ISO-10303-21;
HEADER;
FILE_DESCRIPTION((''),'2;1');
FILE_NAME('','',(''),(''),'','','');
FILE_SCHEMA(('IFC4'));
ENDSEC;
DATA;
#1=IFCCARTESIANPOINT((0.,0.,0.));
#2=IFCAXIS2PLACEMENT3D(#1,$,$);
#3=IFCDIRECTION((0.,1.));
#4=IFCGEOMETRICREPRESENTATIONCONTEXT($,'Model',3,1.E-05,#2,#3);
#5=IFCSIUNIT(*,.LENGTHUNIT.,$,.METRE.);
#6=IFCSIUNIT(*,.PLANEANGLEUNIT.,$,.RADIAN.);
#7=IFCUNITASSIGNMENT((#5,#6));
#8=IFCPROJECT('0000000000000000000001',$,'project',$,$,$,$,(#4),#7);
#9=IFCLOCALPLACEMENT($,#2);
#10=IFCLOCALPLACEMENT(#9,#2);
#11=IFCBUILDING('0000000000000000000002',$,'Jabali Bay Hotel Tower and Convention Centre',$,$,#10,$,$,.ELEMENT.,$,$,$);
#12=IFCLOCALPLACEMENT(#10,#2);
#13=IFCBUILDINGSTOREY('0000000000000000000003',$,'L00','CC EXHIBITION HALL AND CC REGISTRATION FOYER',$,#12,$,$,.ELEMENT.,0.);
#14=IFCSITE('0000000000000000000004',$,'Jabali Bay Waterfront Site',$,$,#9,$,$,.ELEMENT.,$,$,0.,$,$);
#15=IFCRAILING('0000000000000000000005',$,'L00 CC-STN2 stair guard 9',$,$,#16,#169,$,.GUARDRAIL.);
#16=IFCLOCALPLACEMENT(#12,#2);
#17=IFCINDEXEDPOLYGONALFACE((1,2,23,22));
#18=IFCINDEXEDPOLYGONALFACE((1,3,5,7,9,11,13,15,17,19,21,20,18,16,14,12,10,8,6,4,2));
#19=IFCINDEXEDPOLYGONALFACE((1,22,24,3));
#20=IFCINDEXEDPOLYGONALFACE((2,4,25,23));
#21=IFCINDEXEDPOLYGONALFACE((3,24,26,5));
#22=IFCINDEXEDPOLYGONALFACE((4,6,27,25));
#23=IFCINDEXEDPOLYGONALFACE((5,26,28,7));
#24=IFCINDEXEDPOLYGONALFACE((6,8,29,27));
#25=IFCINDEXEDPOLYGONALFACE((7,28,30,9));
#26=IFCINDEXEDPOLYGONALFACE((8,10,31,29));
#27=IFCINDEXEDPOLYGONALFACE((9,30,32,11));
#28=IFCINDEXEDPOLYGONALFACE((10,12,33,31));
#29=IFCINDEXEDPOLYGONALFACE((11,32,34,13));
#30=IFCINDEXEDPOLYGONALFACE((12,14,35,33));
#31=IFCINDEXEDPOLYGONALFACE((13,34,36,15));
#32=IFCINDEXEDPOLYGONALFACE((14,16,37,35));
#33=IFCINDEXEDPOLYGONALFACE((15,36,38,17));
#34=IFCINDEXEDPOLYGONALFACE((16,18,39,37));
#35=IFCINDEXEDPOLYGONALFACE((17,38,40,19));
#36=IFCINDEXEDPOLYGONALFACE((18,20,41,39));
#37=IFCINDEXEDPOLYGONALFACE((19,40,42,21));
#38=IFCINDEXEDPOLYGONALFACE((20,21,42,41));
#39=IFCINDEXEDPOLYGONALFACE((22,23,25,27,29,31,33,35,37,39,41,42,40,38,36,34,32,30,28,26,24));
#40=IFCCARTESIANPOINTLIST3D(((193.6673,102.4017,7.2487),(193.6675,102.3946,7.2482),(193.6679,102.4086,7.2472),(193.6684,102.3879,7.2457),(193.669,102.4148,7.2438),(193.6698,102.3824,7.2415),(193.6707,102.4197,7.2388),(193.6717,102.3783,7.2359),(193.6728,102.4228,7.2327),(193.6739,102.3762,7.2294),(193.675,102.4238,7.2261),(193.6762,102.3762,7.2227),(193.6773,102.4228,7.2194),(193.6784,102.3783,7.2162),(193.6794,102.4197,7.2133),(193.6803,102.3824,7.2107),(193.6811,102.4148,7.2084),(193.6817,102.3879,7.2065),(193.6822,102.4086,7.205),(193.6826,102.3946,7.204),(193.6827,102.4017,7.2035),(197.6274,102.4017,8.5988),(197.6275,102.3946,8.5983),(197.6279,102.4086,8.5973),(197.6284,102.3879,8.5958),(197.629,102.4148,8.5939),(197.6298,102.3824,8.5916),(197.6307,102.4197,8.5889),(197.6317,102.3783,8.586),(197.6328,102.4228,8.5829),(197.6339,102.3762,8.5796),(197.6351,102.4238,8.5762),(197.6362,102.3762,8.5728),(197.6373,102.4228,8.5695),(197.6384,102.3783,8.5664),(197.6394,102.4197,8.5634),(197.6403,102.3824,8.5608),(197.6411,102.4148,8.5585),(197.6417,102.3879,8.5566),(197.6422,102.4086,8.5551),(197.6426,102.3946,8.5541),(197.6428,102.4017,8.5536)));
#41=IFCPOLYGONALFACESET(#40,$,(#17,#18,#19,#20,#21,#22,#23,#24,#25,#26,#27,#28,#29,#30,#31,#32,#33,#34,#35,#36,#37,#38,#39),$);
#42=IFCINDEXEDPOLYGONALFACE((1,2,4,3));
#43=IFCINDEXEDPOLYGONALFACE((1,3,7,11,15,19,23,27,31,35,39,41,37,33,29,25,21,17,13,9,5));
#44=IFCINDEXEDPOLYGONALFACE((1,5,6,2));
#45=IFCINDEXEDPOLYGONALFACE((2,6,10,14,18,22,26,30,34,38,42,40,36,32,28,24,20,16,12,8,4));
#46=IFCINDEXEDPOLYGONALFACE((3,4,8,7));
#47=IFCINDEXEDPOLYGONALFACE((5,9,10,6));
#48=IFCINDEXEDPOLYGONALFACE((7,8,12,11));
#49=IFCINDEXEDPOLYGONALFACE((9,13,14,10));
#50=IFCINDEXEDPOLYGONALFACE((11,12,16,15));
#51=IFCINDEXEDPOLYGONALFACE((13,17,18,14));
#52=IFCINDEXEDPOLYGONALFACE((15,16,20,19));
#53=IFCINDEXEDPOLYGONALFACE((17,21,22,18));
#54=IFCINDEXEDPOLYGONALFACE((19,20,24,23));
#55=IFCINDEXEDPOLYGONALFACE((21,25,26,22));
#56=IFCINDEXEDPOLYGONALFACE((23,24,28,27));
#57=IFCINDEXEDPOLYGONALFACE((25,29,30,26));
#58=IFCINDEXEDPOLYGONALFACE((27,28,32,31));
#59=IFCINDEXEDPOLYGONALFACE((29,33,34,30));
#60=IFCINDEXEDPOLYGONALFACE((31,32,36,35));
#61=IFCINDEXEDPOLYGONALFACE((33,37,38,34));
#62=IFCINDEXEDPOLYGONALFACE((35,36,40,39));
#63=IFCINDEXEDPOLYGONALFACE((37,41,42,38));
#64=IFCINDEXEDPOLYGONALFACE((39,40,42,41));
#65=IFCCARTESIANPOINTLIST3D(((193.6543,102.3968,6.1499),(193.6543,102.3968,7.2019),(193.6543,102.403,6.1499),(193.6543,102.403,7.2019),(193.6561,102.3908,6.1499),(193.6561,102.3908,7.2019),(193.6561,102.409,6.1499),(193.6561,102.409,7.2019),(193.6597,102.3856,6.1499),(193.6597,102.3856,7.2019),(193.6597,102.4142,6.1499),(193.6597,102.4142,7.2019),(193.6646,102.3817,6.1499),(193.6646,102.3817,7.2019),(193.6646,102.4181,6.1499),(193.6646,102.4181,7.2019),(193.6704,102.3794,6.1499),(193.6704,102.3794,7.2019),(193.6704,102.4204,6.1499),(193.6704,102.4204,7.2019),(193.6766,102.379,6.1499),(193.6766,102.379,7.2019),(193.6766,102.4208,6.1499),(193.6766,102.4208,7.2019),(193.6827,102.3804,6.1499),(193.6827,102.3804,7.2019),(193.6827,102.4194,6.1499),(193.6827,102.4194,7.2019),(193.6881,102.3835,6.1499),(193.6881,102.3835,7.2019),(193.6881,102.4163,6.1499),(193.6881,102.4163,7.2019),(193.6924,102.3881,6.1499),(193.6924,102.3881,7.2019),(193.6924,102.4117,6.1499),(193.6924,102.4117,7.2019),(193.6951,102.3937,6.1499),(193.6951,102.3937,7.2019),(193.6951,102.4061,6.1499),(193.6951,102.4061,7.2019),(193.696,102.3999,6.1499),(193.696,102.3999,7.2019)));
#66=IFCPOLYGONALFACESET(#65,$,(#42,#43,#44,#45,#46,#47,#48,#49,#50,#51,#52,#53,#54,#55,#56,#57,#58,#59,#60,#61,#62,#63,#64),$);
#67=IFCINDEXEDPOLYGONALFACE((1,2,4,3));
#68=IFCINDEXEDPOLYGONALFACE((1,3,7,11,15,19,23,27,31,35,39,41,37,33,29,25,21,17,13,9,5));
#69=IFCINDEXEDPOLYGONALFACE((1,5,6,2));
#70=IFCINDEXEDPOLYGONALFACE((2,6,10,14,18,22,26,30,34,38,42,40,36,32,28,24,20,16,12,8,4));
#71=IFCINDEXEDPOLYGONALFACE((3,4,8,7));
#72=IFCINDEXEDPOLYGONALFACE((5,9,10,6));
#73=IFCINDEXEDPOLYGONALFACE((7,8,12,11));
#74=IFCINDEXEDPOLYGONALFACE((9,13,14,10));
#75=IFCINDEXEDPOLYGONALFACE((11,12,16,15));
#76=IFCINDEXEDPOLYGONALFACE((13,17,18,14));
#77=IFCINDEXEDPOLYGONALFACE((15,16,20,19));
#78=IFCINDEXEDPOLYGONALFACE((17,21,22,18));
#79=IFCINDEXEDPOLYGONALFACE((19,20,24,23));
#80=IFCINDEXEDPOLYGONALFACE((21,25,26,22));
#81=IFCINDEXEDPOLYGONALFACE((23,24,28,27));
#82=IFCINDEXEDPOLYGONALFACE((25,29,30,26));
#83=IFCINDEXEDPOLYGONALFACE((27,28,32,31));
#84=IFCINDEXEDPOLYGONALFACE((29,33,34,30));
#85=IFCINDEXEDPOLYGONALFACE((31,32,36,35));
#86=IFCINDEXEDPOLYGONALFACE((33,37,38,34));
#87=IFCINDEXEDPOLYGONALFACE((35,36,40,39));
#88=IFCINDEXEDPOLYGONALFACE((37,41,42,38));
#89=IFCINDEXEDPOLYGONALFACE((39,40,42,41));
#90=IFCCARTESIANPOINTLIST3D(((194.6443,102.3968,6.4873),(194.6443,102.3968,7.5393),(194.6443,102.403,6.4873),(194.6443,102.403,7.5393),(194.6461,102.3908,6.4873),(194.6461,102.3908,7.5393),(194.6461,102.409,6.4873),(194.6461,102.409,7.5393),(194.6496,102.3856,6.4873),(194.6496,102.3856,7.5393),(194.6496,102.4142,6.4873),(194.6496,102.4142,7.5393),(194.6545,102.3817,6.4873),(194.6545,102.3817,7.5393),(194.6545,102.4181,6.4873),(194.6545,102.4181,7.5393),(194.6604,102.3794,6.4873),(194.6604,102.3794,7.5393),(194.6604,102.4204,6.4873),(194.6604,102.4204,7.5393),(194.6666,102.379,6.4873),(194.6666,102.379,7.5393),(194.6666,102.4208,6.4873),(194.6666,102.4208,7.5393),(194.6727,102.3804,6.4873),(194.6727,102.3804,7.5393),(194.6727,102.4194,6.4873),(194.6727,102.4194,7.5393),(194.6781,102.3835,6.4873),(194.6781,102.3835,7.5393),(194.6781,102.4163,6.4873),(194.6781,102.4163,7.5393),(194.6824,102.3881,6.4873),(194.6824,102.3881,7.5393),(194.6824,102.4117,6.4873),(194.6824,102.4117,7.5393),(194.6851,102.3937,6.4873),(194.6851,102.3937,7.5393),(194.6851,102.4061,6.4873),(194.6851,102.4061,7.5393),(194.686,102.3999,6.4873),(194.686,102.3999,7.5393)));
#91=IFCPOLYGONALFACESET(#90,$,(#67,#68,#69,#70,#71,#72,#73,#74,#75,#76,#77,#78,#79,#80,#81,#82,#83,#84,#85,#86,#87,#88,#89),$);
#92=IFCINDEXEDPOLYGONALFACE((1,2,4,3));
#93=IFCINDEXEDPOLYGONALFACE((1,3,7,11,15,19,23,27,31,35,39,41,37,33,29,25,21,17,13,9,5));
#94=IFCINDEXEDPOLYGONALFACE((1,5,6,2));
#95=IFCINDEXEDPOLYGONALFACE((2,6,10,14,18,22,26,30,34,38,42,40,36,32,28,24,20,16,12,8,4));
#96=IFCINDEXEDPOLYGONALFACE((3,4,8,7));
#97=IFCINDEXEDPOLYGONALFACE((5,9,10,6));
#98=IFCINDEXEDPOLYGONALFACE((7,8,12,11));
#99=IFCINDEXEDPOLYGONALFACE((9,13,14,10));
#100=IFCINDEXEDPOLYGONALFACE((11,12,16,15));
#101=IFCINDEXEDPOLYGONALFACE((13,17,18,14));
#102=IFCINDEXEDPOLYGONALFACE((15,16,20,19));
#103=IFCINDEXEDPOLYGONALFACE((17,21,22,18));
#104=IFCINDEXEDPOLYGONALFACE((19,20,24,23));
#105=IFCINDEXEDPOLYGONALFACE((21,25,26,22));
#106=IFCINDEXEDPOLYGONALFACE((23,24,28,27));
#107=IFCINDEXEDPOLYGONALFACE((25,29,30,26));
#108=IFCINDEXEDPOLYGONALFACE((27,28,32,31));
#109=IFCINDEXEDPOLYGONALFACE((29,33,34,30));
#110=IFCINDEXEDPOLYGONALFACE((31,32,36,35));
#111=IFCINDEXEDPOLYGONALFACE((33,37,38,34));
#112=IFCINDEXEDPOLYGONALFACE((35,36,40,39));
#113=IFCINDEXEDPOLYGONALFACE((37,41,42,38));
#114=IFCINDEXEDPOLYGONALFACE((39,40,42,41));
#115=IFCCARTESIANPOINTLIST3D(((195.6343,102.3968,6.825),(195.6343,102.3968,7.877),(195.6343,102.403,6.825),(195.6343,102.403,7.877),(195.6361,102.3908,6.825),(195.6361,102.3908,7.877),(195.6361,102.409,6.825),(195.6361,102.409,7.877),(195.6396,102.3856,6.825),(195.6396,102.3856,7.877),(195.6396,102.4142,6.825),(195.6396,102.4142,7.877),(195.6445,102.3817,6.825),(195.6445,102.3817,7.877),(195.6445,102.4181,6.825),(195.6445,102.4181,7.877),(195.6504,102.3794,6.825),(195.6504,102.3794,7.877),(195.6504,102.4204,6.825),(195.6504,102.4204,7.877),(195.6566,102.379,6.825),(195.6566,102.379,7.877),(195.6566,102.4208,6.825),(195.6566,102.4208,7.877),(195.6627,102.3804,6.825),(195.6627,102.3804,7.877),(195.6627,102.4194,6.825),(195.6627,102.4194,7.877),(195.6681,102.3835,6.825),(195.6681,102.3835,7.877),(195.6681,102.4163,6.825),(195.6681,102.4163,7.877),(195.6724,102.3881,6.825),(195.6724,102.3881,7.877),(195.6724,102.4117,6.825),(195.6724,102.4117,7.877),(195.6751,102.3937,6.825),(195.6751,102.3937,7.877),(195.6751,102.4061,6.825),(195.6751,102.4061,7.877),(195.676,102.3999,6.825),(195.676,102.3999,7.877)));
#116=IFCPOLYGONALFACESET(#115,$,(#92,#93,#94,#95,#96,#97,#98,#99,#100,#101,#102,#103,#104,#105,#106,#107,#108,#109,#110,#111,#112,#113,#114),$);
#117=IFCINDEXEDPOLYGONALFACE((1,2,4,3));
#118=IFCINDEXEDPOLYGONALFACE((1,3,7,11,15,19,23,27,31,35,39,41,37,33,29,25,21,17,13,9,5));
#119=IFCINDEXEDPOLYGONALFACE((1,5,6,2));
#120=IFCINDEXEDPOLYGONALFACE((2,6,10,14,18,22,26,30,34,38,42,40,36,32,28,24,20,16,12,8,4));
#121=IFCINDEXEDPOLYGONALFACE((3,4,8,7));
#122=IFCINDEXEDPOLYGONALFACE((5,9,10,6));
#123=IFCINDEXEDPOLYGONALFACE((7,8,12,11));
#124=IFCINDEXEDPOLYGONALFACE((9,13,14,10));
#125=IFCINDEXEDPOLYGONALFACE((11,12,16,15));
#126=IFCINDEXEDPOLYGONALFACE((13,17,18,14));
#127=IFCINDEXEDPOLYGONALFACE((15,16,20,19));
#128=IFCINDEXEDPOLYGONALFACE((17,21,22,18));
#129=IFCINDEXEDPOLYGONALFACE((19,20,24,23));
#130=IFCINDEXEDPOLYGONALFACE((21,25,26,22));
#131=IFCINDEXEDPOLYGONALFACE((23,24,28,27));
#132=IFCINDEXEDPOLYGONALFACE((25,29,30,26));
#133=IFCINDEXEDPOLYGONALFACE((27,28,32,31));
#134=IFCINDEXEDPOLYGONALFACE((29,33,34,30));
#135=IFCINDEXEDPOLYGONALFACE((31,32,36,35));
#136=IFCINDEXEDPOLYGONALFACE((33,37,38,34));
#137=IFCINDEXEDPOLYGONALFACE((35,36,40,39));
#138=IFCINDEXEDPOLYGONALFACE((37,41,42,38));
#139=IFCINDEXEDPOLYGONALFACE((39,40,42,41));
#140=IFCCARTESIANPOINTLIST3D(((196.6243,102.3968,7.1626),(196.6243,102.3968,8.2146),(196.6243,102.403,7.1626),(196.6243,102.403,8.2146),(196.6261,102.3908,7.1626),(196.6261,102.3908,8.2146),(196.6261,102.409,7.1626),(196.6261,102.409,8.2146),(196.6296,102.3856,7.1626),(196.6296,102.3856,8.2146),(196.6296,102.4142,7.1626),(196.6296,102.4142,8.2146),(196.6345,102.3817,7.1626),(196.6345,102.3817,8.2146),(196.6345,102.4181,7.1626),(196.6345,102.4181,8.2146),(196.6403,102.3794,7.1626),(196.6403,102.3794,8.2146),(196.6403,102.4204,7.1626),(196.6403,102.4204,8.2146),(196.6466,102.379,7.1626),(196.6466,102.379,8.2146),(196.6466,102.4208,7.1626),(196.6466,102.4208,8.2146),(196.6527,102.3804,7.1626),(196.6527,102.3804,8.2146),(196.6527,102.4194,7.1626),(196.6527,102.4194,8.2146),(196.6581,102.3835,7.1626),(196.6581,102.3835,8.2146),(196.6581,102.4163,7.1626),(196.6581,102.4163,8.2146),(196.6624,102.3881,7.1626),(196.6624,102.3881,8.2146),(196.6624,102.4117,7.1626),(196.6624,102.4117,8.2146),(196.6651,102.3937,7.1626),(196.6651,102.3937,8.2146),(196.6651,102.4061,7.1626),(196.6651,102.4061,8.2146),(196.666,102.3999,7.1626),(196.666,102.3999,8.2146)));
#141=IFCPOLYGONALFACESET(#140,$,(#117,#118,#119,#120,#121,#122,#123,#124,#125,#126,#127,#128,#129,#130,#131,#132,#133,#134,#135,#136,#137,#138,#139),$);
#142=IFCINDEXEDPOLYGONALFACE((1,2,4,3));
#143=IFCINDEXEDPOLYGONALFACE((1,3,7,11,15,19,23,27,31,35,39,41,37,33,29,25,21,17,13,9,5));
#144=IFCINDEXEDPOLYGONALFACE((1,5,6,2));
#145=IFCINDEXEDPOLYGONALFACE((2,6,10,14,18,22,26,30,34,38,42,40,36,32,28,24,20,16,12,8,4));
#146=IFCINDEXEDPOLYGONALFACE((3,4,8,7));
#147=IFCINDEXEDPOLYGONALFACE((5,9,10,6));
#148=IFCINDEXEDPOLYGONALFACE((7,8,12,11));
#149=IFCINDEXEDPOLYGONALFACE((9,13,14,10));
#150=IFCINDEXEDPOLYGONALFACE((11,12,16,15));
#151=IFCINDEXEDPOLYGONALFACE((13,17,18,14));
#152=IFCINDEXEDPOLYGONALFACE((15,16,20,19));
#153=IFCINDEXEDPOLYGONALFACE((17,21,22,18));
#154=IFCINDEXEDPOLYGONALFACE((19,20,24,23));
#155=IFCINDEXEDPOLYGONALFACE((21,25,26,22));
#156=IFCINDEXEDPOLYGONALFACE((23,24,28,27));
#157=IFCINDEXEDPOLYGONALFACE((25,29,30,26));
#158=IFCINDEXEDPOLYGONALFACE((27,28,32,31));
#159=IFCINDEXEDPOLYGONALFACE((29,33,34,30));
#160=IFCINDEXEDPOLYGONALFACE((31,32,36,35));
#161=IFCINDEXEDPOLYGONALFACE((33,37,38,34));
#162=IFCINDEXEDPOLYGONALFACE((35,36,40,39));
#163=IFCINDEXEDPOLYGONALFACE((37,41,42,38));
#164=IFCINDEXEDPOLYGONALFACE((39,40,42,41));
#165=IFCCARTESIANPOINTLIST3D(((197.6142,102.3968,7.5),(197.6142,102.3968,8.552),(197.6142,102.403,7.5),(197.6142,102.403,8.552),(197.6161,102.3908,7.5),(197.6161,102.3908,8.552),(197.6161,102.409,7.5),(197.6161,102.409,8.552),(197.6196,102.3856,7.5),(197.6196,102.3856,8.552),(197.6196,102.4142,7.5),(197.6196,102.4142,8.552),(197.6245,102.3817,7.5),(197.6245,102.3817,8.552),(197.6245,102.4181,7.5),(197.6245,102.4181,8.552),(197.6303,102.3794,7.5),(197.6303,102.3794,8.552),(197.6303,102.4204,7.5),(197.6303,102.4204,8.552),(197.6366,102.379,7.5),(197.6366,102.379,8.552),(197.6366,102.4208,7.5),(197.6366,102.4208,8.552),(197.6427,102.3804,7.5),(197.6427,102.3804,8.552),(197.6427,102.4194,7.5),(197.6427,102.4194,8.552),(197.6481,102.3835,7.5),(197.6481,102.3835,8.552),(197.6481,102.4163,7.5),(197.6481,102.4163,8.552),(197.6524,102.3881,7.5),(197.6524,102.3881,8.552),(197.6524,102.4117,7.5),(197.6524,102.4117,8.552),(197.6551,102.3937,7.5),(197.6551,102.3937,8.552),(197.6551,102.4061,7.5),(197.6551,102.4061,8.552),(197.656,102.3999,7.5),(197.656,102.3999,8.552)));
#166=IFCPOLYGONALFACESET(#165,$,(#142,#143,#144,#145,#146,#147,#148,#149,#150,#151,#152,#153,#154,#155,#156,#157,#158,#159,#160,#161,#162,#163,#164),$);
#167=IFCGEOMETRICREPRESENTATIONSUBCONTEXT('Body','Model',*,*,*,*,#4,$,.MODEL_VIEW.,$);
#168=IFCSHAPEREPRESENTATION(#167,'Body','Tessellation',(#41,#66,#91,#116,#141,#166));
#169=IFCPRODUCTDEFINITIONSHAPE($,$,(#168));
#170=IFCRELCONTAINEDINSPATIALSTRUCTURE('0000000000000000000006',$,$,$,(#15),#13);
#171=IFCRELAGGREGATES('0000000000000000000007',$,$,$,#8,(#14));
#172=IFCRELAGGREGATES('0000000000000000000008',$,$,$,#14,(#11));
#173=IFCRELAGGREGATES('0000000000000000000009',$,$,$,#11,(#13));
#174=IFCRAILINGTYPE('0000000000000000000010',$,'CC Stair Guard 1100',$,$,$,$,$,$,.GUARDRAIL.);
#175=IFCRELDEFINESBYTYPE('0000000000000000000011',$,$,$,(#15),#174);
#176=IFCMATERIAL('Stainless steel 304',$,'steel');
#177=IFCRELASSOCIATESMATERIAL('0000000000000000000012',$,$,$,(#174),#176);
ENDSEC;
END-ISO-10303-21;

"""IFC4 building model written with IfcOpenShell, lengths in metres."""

from ifc_helpers import new_model, si_unit, direction, frame, origin, origin_2d, place, context, subcontext, project, spatial, circle, extrude, material, type_object, element, save


model = new_model("IFC4")

# Units and contexts
model_context = context("Model", 3, precision=1e-05, world=origin(), true_north=direction((0.0, 1.0)))
body_context = subcontext(model_context, "Body", "Model", "MODEL_VIEW")
ifc_project = project(units=[si_unit("LENGTHUNIT", "METRE"), si_unit("PLANEANGLEUNIT", "RADIAN")], contexts=[model_context])

# Site, building, storey
site_placement = place(None, origin())
site = spatial("IfcSite", under=ifc_project, at=site_placement, Name="Jabali Bay Waterfront Site", CompositionType="ELEMENT", RefElevation=0.0)
building_placement = place(site_placement, origin())
building = spatial("IfcBuilding", under=site, at=building_placement, Name="Jabali Bay Hotel Tower and Convention Centre", CompositionType="ELEMENT")
storey_placement = place(building_placement, origin())
storey = spatial("IfcBuildingStorey", under=building, at=storey_placement, Name="L00", Description="CC EXHIBITION HALL AND CC REGISTRATION FOYER", CompositionType="ELEMENT", Elevation=0.0)

# Railing
ifc_material_1 = material(Name="Stainless steel 304", Category="steel")
railing_type_1 = type_object("IfcRailingType", Name="CC Stair Guard 1100", PredefinedType="GUARDRAIL", material=ifc_material_1)
railing_1_placement = place(storey_placement, frame((193.675, 102.3999, 6.1499)))
element("IfcRailing", 1, at=railing_1_placement, inside=storey, type_object=railing_type_1, Name="L00 CC-STN2 stair guard 9", PredefinedType="GUARDRAIL", context=body_context, shape_type="SweptSolid", body=[
    extrude(circle(Radius=0.0239, at=origin_2d()), frame((0.0, 0.0, 1.0762), z_axis=(0.946502, 0.0, 0.322698), x_axis=(0.0, 1.0, 0.0)), (0.0, 0.0, 1.0), 4.1838),
    extrude(circle(Radius=0.021, at=origin_2d()), origin(), (0.0, 0.0, 1.0), 1.052),
    extrude(circle(Radius=0.021, at=origin_2d()), frame((0.99, 0.0, 0.3374)), (0.0, 0.0, 1.0), 1.052),
    extrude(circle(Radius=0.021, at=origin_2d()), frame((1.98, 0.0, 0.675)), (0.0, 0.0, 1.0), 1.052),
    extrude(circle(Radius=0.021, at=origin_2d()), frame((2.97, 0.0, 1.0127)), (0.0, 0.0, 1.0), 1.052),
    extrude(circle(Radius=0.021, at=origin_2d()), frame((3.96, 0.0, 1.3501)), (0.0, 0.0, 1.0), 1.052),
])

save(model, "model.ifc")
